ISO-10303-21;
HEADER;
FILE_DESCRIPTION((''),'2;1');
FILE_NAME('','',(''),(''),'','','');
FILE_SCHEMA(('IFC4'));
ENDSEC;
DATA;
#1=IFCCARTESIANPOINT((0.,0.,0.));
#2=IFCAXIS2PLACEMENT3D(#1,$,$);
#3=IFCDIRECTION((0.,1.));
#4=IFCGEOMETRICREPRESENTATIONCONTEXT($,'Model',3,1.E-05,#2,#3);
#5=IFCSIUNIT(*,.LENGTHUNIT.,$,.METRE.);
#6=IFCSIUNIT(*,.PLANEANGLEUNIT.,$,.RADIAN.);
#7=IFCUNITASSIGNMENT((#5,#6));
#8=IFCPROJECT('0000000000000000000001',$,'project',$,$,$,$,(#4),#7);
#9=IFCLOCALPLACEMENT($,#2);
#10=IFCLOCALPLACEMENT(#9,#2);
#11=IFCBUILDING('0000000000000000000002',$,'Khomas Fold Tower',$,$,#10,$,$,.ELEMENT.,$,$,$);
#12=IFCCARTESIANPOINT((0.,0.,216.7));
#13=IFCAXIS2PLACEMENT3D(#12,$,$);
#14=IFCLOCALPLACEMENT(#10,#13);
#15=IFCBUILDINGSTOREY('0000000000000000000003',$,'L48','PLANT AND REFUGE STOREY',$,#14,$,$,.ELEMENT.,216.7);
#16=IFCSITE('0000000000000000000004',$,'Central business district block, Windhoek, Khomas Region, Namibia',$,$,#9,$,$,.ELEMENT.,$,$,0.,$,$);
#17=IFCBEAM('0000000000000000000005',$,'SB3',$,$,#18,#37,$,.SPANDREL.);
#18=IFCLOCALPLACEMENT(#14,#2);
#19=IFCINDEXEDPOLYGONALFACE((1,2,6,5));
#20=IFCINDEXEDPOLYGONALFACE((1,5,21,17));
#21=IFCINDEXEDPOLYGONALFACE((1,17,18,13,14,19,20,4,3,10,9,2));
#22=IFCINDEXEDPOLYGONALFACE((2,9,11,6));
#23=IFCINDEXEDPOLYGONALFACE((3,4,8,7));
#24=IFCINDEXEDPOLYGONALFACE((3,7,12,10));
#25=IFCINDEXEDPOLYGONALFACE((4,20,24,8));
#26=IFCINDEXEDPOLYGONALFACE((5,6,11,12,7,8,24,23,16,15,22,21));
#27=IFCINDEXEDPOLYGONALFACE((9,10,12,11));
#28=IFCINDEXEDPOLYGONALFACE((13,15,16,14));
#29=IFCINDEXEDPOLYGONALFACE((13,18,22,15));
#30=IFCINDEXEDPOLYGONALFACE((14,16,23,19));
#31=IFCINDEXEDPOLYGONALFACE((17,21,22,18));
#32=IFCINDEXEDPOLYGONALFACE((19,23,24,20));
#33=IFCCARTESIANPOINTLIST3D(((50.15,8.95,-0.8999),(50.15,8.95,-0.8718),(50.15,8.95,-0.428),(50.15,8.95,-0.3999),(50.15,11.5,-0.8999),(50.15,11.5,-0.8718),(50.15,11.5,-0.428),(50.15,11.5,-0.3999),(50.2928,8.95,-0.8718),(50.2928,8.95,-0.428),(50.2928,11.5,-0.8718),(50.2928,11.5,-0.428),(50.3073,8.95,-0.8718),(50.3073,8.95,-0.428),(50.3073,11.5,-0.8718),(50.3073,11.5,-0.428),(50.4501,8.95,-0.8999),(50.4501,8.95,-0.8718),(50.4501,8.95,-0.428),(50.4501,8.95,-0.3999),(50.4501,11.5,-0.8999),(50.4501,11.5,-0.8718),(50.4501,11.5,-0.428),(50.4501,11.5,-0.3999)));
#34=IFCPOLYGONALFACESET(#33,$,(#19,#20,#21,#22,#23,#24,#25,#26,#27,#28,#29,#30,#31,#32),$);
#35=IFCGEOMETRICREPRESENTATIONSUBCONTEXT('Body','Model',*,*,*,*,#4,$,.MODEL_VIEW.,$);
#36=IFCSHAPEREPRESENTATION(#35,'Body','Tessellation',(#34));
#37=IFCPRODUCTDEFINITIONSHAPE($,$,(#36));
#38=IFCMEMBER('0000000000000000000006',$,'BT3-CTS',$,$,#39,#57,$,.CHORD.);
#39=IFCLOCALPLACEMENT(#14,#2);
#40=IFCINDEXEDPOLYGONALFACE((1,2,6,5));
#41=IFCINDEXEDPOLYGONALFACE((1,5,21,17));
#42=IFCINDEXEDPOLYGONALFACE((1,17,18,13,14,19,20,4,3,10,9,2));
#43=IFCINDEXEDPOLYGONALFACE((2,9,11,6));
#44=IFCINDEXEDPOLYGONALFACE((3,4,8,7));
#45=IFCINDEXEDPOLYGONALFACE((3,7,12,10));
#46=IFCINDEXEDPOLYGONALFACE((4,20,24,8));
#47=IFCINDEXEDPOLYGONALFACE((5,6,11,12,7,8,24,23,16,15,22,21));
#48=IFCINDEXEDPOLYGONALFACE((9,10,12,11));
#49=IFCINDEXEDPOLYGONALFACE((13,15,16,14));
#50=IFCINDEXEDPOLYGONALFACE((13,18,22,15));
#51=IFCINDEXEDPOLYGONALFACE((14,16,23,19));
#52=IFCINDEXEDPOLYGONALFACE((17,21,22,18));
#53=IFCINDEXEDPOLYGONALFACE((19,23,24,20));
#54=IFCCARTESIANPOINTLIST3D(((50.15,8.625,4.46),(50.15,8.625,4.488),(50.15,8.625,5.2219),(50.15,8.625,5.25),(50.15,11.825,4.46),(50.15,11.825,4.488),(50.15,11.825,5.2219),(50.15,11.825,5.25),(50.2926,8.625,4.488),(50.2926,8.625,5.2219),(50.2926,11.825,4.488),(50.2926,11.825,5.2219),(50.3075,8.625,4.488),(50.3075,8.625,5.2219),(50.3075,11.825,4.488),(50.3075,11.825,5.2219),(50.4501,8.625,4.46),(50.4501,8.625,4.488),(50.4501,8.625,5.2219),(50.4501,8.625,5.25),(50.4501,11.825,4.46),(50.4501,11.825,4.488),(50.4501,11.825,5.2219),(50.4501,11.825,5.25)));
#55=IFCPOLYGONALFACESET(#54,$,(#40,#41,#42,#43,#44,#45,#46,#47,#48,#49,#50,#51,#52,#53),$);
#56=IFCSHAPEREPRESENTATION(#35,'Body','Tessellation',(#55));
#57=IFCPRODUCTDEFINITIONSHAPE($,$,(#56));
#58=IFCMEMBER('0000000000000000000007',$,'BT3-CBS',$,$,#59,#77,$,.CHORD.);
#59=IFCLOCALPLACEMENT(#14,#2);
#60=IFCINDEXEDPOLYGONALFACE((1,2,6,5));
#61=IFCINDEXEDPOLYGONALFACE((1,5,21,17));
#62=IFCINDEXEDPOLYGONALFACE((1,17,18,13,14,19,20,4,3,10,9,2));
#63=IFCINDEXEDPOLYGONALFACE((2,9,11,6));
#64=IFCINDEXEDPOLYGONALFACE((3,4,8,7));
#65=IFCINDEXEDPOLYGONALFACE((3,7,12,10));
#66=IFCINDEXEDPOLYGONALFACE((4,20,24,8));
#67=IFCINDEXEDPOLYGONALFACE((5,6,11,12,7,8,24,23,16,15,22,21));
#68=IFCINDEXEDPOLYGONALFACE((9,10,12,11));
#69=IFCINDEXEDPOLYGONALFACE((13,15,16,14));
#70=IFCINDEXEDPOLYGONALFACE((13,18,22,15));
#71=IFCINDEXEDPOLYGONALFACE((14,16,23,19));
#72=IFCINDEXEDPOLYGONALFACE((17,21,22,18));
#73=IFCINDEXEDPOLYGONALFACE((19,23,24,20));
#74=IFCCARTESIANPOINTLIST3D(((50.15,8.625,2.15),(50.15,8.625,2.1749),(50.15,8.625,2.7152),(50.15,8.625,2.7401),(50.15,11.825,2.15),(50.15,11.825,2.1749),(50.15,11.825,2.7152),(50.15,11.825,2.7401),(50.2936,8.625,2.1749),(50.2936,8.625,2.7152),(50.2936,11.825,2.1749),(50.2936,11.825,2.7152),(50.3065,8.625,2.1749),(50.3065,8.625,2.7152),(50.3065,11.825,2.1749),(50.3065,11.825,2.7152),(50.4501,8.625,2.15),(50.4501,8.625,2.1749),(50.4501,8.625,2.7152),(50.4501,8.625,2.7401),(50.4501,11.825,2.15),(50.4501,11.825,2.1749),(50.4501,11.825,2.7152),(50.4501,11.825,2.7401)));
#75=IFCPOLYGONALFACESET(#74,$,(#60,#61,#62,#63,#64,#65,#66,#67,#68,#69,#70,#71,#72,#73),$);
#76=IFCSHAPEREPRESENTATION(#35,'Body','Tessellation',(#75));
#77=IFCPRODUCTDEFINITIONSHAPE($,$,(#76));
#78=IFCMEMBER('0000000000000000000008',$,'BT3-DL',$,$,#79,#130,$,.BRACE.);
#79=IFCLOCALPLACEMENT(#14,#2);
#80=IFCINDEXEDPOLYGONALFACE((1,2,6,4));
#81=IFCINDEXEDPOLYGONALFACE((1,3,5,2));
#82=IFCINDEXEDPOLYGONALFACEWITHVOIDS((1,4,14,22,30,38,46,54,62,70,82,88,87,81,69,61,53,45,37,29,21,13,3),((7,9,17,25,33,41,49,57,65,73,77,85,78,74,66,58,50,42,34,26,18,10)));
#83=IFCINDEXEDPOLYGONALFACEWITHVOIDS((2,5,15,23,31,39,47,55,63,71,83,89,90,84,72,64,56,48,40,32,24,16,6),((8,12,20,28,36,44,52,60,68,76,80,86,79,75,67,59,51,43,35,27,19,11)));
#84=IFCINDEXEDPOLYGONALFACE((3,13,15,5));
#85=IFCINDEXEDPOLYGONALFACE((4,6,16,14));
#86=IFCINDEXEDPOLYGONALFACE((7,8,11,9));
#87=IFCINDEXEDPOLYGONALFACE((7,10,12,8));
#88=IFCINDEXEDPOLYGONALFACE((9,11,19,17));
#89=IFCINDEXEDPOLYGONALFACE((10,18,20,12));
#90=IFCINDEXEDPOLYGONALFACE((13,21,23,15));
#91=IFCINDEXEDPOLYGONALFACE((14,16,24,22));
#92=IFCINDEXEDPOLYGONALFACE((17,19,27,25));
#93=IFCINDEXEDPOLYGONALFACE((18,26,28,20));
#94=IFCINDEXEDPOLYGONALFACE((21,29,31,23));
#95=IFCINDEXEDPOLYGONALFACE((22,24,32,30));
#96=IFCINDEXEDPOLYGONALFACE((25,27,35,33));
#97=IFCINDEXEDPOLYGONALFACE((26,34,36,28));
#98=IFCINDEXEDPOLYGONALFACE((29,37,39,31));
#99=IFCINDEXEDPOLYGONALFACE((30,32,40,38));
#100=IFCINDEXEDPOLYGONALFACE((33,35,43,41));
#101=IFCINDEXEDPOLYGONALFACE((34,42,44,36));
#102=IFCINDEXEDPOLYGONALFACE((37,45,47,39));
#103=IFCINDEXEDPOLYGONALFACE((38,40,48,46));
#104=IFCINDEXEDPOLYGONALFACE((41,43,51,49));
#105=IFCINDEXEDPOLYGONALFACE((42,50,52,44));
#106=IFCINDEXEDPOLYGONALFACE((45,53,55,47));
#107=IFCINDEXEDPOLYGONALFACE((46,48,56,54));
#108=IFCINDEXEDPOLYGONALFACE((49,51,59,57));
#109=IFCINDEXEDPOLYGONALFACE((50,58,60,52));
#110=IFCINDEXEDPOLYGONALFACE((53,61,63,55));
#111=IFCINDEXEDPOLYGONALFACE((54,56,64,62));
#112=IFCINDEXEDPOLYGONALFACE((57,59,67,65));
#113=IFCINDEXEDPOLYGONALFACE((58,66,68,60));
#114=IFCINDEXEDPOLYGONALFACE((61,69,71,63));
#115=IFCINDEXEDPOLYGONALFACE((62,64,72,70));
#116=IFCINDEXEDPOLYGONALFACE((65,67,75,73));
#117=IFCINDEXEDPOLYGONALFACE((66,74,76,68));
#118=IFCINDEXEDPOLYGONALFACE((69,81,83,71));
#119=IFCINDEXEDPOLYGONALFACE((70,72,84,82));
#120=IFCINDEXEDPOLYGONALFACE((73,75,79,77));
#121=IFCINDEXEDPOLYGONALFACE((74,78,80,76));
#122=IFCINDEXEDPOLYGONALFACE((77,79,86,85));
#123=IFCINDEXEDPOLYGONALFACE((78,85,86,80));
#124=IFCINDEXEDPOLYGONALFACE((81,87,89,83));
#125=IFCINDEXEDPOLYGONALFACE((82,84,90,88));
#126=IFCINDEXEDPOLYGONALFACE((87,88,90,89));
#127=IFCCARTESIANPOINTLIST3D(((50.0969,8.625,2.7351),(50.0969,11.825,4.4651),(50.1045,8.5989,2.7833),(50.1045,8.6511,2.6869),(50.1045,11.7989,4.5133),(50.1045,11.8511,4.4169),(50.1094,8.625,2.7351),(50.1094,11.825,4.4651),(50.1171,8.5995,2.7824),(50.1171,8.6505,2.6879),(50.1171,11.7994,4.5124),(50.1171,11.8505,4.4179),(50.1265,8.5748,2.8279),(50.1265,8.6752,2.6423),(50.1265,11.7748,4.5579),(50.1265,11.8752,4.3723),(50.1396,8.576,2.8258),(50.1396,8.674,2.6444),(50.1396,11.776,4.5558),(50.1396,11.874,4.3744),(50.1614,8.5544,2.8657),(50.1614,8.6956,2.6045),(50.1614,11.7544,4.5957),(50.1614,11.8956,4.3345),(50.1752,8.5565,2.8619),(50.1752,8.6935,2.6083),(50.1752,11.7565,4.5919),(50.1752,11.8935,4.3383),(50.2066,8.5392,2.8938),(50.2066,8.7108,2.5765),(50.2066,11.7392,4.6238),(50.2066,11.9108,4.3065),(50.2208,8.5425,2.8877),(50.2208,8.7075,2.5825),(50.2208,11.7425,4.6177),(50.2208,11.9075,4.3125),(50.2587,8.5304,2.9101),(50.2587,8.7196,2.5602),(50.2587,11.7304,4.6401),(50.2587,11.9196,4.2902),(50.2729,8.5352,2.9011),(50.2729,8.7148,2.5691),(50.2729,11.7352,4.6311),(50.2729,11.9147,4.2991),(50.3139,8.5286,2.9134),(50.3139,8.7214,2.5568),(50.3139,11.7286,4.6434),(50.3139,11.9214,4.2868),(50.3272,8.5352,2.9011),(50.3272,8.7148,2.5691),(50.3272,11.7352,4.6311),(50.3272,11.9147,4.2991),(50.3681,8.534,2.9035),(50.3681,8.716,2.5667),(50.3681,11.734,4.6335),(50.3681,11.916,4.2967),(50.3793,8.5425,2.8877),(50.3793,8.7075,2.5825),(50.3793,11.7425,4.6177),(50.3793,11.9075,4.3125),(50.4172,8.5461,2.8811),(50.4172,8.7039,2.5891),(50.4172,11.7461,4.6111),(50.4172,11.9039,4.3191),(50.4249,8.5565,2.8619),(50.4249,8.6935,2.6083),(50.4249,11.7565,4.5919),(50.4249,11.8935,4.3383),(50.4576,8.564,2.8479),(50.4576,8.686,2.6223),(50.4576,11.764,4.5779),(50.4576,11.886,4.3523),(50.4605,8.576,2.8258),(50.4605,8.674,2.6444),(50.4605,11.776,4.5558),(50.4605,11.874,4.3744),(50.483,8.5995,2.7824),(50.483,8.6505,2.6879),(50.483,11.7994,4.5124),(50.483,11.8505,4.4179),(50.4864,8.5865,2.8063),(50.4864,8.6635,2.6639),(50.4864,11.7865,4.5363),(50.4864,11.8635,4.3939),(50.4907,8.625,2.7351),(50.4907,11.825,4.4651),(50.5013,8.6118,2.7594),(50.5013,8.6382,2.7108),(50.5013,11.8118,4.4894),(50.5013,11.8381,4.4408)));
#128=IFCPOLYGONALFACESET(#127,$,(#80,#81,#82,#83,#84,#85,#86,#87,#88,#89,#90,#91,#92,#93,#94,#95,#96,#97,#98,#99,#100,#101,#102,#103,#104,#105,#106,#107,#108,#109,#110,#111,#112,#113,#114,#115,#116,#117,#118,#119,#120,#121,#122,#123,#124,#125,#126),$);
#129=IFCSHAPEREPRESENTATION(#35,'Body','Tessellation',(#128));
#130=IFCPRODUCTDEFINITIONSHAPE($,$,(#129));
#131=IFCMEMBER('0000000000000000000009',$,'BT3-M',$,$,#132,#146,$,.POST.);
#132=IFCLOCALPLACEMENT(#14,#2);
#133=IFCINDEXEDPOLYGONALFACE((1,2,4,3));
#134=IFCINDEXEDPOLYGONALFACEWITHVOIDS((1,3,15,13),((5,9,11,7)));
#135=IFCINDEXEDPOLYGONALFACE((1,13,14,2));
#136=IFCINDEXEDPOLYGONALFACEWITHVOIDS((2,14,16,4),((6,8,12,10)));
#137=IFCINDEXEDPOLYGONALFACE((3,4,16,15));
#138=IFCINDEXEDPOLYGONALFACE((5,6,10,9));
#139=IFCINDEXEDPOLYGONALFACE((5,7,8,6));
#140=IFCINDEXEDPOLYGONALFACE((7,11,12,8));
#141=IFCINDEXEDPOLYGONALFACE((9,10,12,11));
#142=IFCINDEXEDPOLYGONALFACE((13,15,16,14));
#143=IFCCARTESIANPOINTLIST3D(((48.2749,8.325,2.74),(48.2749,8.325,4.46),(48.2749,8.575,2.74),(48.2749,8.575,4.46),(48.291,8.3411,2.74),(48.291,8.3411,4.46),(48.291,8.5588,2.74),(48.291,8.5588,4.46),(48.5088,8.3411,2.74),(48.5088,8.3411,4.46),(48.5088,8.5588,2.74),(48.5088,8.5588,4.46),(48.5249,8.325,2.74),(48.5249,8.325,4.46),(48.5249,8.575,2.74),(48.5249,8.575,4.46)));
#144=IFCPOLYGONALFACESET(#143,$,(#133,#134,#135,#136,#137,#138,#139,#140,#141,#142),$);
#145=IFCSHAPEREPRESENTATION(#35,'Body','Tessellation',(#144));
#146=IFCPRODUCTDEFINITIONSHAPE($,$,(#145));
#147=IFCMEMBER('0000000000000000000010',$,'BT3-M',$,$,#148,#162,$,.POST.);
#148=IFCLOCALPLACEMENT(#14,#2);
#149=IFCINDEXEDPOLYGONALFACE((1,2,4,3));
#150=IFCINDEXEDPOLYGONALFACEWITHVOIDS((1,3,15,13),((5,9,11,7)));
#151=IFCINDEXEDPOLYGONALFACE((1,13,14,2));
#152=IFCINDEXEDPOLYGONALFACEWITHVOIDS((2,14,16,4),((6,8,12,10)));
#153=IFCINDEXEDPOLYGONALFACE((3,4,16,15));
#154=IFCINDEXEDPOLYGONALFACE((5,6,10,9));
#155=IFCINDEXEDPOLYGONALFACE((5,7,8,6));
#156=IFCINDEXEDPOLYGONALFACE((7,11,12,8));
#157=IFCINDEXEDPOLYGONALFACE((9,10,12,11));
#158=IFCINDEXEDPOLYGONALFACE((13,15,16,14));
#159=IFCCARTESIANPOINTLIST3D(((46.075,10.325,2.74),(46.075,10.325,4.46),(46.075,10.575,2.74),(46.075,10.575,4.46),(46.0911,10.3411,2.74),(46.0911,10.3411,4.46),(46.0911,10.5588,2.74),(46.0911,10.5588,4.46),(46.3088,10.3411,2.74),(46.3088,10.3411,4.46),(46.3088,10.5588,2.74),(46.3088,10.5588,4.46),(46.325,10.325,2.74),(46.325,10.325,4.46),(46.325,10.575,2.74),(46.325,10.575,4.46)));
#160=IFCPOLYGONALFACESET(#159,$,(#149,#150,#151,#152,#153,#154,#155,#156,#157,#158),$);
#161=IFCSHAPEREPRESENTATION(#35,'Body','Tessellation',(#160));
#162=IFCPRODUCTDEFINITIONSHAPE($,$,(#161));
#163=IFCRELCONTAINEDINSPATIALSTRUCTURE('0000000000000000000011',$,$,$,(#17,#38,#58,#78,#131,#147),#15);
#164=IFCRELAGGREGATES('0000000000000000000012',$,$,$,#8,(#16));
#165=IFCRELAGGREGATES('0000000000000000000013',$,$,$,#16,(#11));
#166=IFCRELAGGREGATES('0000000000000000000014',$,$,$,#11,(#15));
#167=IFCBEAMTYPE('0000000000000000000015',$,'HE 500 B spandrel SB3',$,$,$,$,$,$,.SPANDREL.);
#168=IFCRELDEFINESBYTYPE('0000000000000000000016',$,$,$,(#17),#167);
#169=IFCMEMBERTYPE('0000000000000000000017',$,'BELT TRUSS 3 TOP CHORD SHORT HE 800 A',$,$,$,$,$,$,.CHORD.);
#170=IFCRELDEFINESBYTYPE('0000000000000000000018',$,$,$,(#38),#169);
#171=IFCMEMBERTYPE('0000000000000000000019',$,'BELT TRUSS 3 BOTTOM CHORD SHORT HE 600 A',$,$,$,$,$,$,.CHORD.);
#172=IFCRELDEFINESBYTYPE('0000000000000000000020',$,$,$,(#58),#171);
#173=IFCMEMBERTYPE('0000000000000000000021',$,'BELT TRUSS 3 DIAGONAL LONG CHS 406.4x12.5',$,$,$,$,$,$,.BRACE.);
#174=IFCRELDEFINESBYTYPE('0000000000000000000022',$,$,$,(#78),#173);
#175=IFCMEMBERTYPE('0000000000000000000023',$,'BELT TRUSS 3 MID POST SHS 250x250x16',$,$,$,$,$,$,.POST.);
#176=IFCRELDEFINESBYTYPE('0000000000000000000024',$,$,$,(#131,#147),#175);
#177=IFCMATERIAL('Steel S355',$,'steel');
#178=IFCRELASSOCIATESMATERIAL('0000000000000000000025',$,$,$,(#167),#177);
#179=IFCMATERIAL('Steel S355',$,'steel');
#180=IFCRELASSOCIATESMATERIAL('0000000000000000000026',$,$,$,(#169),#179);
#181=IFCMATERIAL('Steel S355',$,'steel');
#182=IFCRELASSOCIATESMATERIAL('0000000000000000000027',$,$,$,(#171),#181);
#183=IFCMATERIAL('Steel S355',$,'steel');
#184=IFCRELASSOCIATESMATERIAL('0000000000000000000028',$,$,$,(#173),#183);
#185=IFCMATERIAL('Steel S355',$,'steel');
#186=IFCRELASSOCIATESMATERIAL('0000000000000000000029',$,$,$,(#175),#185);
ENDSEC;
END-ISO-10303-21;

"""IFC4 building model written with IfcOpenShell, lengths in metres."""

from ifc_helpers import new_model, si_unit, direction, frame, origin, origin_2d, place, context, subcontext, project, spatial, hollow_rectangle, hollow_circle, i_section, extrude, source, transform, mapped, material, material_profile, profile_set, type_object, element, save


model = new_model("IFC4")

# Units and contexts
model_context = context("Model", 3, precision=1e-05, world=origin(), true_north=direction((0.0, 1.0)))
body_context = subcontext(model_context, "Body", "Model", "MODEL_VIEW")
ifc_project = project(units=[si_unit("LENGTHUNIT", "METRE"), si_unit("PLANEANGLEUNIT", "RADIAN")], contexts=[model_context])

# Site, building, storey
site_placement = place(None, origin())
site = spatial("IfcSite", under=ifc_project, at=site_placement, Name="Central business district block, Windhoek, Khomas Region, Namibia", CompositionType="ELEMENT", RefElevation=0.0)
building_placement = place(site_placement, origin())
building = spatial("IfcBuilding", under=site, at=building_placement, Name="Khomas Fold Tower", CompositionType="ELEMENT")
storey_placement = place(building_placement, frame((0.0, 0.0, 216.7)))
storey = spatial("IfcBuildingStorey", under=building, at=storey_placement, Name="L48", Description="PLANT AND REFUGE STOREY", CompositionType="ELEMENT", Elevation=216.7)

# Beam
ifc_material_1 = material(Name="Steel S355", Category="steel")
ifc_material_profile_1 = material_profile(ifc_material_1, i_section(OverallWidth=0.3, OverallDepth=0.5, WebThickness=0.0144, FlangeThickness=0.0281, at=origin_2d()), Name="HE 500 B")
ifc_profile_set_1 = profile_set([ifc_material_profile_1], Name="Steel S355")
beam_type_1 = type_object("IfcBeamType", Name="HE 500 B spandrel SB3", PredefinedType="SPANDREL", material=ifc_profile_set_1)
shared_shape_1 = source(origin(), body_context, "Body", "SweptSolid", [
    extrude(i_section(OverallWidth=0.3, OverallDepth=0.5, WebThickness=0.0144, FlangeThickness=0.0281, at=origin_2d()), origin(), (0.0, 0.0, 1.0), 2.55),
])
beam_1_placement = place(storey_placement, frame((50.3, 8.95, -0.6499), z_axis=(0.0, 1.0, 0.0), x_axis=(-1.0, 0.0, 0.0)))
element("IfcBeam", 1, at=beam_1_placement, inside=storey, type_object=beam_type_1, Name="SB3", PredefinedType="SPANDREL", context=body_context, shape_type="MappedRepresentation", body=[
    mapped(shared_shape_1, transform((0.0, 0.0, 0.0))),
])

# Members
ifc_material_2 = material(Name="Steel S355", Category="steel")
ifc_material_profile_2 = material_profile(ifc_material_2, i_section(OverallWidth=0.3, OverallDepth=0.79, WebThickness=0.0149, FlangeThickness=0.0281, at=origin_2d()), Name="HE 800 A")
ifc_profile_set_2 = profile_set([ifc_material_profile_2], Name="Steel S355")
member_type_1 = type_object("IfcMemberType", Name="BELT TRUSS 3 TOP CHORD SHORT HE 800 A", PredefinedType="CHORD", material=ifc_profile_set_2)
shared_shape_2 = source(origin(), body_context, "Body", "SweptSolid", [
    extrude(i_section(OverallWidth=0.3, OverallDepth=0.79, WebThickness=0.0149, FlangeThickness=0.0281, at=origin_2d()), origin(), (0.0, 0.0, 1.0), 3.2),
])
member_1_placement = place(storey_placement, frame((50.3, 8.625, 4.855), z_axis=(0.0, 1.0, 0.0), x_axis=(-1.0, 0.0, 0.0)))
element("IfcMember", 2, at=member_1_placement, inside=storey, type_object=member_type_1, Name="BT3-CTS", PredefinedType="CHORD", context=body_context, shape_type="MappedRepresentation", body=[
    mapped(shared_shape_2, transform((0.0, 0.0, 0.0))),
])
ifc_material_3 = material(Name="Steel S355", Category="steel")
ifc_material_profile_3 = material_profile(ifc_material_3, i_section(OverallWidth=0.3, OverallDepth=0.5901, WebThickness=0.0129, FlangeThickness=0.0249, at=origin_2d()), Name="HE 600 A")
ifc_profile_set_3 = profile_set([ifc_material_profile_3], Name="Steel S355")
member_type_2 = type_object("IfcMemberType", Name="BELT TRUSS 3 BOTTOM CHORD SHORT HE 600 A", PredefinedType="CHORD", material=ifc_profile_set_3)
shared_shape_3 = source(origin(), body_context, "Body", "SweptSolid", [
    extrude(i_section(OverallWidth=0.3, OverallDepth=0.5901, WebThickness=0.0129, FlangeThickness=0.0249, at=origin_2d()), origin(), (0.0, 0.0, 1.0), 3.2),
])
member_2_placement = place(storey_placement, frame((50.3, 8.625, 2.4451), z_axis=(0.0, 1.0, 0.0), x_axis=(-1.0, 0.0, 0.0)))
element("IfcMember", 3, at=member_2_placement, inside=storey, type_object=member_type_2, Name="BT3-CBS", PredefinedType="CHORD", context=body_context, shape_type="MappedRepresentation", body=[
    mapped(shared_shape_3, transform((0.0, 0.0, 0.0))),
])
ifc_material_4 = material(Name="Steel S355", Category="steel")
ifc_material_profile_4 = material_profile(ifc_material_4, hollow_circle(Radius=0.2031, WallThickness=0.0125, at=origin_2d()), Name="CHS 406.4x12.5")
ifc_profile_set_4 = profile_set([ifc_material_profile_4], Name="Steel S355")
member_type_3 = type_object("IfcMemberType", Name="BELT TRUSS 3 DIAGONAL LONG CHS 406.4x12.5", PredefinedType="BRACE", material=ifc_profile_set_4)
shared_shape_4 = source(origin(), body_context, "Body", "SweptSolid", [
    extrude(hollow_circle(Radius=0.2031, WallThickness=0.0125, at=origin_2d()), origin(), (0.0, 0.0, 1.0), 3.6377),
])
member_3_placement = place(storey_placement, frame((50.3, 8.625, 2.7351), z_axis=(0.0, 0.879675, 0.475576), x_axis=(-1.0, 0.0, 0.0)))
element("IfcMember", 4, at=member_3_placement, inside=storey, type_object=member_type_3, Name="BT3-DL", PredefinedType="BRACE", context=body_context, shape_type="MappedRepresentation", body=[
    mapped(shared_shape_4, transform((0.0, 0.0, 0.0))),
])
ifc_material_5 = material(Name="Steel S355", Category="steel")
ifc_material_profile_5 = material_profile(ifc_material_5, hollow_rectangle(XDim=0.25, YDim=0.25, WallThickness=0.0161, at=origin_2d()), Name="SHS 250x250x16")
ifc_profile_set_5 = profile_set([ifc_material_profile_5], Name="Steel S355")
member_type_4 = type_object("IfcMemberType", Name="BELT TRUSS 3 MID POST SHS 250x250x16", PredefinedType="POST", material=ifc_profile_set_5)
shared_shape_5 = source(origin(), body_context, "Body", "SweptSolid", [
    extrude(hollow_rectangle(XDim=0.25, YDim=0.25, WallThickness=0.0161, at=origin_2d()), origin(), (0.0, 0.0, 1.0), 1.72),
])
for number, where, z_axis, x_axis, name in (
    (5, (48.3999, 8.45, 2.74), (0.0, 0.0, 1.0), (1.0, 0.0, 0.0), "BT3-M"),
    (6, (46.2, 10.45, 2.74), (0.0, 0.0, 1.0), (1.0, 0.0, 0.0), "BT3-M"),
):
    element("IfcMember", number, at=place(storey_placement, frame(where, z_axis=z_axis, x_axis=x_axis)), inside=storey, type_object=member_type_4, Name=name, PredefinedType="POST", context=body_context, shape_type="MappedRepresentation", body=[
        mapped(shared_shape_5, transform((0.0, 0.0, 0.0))),
    ])

save(model, "model.ifc")
